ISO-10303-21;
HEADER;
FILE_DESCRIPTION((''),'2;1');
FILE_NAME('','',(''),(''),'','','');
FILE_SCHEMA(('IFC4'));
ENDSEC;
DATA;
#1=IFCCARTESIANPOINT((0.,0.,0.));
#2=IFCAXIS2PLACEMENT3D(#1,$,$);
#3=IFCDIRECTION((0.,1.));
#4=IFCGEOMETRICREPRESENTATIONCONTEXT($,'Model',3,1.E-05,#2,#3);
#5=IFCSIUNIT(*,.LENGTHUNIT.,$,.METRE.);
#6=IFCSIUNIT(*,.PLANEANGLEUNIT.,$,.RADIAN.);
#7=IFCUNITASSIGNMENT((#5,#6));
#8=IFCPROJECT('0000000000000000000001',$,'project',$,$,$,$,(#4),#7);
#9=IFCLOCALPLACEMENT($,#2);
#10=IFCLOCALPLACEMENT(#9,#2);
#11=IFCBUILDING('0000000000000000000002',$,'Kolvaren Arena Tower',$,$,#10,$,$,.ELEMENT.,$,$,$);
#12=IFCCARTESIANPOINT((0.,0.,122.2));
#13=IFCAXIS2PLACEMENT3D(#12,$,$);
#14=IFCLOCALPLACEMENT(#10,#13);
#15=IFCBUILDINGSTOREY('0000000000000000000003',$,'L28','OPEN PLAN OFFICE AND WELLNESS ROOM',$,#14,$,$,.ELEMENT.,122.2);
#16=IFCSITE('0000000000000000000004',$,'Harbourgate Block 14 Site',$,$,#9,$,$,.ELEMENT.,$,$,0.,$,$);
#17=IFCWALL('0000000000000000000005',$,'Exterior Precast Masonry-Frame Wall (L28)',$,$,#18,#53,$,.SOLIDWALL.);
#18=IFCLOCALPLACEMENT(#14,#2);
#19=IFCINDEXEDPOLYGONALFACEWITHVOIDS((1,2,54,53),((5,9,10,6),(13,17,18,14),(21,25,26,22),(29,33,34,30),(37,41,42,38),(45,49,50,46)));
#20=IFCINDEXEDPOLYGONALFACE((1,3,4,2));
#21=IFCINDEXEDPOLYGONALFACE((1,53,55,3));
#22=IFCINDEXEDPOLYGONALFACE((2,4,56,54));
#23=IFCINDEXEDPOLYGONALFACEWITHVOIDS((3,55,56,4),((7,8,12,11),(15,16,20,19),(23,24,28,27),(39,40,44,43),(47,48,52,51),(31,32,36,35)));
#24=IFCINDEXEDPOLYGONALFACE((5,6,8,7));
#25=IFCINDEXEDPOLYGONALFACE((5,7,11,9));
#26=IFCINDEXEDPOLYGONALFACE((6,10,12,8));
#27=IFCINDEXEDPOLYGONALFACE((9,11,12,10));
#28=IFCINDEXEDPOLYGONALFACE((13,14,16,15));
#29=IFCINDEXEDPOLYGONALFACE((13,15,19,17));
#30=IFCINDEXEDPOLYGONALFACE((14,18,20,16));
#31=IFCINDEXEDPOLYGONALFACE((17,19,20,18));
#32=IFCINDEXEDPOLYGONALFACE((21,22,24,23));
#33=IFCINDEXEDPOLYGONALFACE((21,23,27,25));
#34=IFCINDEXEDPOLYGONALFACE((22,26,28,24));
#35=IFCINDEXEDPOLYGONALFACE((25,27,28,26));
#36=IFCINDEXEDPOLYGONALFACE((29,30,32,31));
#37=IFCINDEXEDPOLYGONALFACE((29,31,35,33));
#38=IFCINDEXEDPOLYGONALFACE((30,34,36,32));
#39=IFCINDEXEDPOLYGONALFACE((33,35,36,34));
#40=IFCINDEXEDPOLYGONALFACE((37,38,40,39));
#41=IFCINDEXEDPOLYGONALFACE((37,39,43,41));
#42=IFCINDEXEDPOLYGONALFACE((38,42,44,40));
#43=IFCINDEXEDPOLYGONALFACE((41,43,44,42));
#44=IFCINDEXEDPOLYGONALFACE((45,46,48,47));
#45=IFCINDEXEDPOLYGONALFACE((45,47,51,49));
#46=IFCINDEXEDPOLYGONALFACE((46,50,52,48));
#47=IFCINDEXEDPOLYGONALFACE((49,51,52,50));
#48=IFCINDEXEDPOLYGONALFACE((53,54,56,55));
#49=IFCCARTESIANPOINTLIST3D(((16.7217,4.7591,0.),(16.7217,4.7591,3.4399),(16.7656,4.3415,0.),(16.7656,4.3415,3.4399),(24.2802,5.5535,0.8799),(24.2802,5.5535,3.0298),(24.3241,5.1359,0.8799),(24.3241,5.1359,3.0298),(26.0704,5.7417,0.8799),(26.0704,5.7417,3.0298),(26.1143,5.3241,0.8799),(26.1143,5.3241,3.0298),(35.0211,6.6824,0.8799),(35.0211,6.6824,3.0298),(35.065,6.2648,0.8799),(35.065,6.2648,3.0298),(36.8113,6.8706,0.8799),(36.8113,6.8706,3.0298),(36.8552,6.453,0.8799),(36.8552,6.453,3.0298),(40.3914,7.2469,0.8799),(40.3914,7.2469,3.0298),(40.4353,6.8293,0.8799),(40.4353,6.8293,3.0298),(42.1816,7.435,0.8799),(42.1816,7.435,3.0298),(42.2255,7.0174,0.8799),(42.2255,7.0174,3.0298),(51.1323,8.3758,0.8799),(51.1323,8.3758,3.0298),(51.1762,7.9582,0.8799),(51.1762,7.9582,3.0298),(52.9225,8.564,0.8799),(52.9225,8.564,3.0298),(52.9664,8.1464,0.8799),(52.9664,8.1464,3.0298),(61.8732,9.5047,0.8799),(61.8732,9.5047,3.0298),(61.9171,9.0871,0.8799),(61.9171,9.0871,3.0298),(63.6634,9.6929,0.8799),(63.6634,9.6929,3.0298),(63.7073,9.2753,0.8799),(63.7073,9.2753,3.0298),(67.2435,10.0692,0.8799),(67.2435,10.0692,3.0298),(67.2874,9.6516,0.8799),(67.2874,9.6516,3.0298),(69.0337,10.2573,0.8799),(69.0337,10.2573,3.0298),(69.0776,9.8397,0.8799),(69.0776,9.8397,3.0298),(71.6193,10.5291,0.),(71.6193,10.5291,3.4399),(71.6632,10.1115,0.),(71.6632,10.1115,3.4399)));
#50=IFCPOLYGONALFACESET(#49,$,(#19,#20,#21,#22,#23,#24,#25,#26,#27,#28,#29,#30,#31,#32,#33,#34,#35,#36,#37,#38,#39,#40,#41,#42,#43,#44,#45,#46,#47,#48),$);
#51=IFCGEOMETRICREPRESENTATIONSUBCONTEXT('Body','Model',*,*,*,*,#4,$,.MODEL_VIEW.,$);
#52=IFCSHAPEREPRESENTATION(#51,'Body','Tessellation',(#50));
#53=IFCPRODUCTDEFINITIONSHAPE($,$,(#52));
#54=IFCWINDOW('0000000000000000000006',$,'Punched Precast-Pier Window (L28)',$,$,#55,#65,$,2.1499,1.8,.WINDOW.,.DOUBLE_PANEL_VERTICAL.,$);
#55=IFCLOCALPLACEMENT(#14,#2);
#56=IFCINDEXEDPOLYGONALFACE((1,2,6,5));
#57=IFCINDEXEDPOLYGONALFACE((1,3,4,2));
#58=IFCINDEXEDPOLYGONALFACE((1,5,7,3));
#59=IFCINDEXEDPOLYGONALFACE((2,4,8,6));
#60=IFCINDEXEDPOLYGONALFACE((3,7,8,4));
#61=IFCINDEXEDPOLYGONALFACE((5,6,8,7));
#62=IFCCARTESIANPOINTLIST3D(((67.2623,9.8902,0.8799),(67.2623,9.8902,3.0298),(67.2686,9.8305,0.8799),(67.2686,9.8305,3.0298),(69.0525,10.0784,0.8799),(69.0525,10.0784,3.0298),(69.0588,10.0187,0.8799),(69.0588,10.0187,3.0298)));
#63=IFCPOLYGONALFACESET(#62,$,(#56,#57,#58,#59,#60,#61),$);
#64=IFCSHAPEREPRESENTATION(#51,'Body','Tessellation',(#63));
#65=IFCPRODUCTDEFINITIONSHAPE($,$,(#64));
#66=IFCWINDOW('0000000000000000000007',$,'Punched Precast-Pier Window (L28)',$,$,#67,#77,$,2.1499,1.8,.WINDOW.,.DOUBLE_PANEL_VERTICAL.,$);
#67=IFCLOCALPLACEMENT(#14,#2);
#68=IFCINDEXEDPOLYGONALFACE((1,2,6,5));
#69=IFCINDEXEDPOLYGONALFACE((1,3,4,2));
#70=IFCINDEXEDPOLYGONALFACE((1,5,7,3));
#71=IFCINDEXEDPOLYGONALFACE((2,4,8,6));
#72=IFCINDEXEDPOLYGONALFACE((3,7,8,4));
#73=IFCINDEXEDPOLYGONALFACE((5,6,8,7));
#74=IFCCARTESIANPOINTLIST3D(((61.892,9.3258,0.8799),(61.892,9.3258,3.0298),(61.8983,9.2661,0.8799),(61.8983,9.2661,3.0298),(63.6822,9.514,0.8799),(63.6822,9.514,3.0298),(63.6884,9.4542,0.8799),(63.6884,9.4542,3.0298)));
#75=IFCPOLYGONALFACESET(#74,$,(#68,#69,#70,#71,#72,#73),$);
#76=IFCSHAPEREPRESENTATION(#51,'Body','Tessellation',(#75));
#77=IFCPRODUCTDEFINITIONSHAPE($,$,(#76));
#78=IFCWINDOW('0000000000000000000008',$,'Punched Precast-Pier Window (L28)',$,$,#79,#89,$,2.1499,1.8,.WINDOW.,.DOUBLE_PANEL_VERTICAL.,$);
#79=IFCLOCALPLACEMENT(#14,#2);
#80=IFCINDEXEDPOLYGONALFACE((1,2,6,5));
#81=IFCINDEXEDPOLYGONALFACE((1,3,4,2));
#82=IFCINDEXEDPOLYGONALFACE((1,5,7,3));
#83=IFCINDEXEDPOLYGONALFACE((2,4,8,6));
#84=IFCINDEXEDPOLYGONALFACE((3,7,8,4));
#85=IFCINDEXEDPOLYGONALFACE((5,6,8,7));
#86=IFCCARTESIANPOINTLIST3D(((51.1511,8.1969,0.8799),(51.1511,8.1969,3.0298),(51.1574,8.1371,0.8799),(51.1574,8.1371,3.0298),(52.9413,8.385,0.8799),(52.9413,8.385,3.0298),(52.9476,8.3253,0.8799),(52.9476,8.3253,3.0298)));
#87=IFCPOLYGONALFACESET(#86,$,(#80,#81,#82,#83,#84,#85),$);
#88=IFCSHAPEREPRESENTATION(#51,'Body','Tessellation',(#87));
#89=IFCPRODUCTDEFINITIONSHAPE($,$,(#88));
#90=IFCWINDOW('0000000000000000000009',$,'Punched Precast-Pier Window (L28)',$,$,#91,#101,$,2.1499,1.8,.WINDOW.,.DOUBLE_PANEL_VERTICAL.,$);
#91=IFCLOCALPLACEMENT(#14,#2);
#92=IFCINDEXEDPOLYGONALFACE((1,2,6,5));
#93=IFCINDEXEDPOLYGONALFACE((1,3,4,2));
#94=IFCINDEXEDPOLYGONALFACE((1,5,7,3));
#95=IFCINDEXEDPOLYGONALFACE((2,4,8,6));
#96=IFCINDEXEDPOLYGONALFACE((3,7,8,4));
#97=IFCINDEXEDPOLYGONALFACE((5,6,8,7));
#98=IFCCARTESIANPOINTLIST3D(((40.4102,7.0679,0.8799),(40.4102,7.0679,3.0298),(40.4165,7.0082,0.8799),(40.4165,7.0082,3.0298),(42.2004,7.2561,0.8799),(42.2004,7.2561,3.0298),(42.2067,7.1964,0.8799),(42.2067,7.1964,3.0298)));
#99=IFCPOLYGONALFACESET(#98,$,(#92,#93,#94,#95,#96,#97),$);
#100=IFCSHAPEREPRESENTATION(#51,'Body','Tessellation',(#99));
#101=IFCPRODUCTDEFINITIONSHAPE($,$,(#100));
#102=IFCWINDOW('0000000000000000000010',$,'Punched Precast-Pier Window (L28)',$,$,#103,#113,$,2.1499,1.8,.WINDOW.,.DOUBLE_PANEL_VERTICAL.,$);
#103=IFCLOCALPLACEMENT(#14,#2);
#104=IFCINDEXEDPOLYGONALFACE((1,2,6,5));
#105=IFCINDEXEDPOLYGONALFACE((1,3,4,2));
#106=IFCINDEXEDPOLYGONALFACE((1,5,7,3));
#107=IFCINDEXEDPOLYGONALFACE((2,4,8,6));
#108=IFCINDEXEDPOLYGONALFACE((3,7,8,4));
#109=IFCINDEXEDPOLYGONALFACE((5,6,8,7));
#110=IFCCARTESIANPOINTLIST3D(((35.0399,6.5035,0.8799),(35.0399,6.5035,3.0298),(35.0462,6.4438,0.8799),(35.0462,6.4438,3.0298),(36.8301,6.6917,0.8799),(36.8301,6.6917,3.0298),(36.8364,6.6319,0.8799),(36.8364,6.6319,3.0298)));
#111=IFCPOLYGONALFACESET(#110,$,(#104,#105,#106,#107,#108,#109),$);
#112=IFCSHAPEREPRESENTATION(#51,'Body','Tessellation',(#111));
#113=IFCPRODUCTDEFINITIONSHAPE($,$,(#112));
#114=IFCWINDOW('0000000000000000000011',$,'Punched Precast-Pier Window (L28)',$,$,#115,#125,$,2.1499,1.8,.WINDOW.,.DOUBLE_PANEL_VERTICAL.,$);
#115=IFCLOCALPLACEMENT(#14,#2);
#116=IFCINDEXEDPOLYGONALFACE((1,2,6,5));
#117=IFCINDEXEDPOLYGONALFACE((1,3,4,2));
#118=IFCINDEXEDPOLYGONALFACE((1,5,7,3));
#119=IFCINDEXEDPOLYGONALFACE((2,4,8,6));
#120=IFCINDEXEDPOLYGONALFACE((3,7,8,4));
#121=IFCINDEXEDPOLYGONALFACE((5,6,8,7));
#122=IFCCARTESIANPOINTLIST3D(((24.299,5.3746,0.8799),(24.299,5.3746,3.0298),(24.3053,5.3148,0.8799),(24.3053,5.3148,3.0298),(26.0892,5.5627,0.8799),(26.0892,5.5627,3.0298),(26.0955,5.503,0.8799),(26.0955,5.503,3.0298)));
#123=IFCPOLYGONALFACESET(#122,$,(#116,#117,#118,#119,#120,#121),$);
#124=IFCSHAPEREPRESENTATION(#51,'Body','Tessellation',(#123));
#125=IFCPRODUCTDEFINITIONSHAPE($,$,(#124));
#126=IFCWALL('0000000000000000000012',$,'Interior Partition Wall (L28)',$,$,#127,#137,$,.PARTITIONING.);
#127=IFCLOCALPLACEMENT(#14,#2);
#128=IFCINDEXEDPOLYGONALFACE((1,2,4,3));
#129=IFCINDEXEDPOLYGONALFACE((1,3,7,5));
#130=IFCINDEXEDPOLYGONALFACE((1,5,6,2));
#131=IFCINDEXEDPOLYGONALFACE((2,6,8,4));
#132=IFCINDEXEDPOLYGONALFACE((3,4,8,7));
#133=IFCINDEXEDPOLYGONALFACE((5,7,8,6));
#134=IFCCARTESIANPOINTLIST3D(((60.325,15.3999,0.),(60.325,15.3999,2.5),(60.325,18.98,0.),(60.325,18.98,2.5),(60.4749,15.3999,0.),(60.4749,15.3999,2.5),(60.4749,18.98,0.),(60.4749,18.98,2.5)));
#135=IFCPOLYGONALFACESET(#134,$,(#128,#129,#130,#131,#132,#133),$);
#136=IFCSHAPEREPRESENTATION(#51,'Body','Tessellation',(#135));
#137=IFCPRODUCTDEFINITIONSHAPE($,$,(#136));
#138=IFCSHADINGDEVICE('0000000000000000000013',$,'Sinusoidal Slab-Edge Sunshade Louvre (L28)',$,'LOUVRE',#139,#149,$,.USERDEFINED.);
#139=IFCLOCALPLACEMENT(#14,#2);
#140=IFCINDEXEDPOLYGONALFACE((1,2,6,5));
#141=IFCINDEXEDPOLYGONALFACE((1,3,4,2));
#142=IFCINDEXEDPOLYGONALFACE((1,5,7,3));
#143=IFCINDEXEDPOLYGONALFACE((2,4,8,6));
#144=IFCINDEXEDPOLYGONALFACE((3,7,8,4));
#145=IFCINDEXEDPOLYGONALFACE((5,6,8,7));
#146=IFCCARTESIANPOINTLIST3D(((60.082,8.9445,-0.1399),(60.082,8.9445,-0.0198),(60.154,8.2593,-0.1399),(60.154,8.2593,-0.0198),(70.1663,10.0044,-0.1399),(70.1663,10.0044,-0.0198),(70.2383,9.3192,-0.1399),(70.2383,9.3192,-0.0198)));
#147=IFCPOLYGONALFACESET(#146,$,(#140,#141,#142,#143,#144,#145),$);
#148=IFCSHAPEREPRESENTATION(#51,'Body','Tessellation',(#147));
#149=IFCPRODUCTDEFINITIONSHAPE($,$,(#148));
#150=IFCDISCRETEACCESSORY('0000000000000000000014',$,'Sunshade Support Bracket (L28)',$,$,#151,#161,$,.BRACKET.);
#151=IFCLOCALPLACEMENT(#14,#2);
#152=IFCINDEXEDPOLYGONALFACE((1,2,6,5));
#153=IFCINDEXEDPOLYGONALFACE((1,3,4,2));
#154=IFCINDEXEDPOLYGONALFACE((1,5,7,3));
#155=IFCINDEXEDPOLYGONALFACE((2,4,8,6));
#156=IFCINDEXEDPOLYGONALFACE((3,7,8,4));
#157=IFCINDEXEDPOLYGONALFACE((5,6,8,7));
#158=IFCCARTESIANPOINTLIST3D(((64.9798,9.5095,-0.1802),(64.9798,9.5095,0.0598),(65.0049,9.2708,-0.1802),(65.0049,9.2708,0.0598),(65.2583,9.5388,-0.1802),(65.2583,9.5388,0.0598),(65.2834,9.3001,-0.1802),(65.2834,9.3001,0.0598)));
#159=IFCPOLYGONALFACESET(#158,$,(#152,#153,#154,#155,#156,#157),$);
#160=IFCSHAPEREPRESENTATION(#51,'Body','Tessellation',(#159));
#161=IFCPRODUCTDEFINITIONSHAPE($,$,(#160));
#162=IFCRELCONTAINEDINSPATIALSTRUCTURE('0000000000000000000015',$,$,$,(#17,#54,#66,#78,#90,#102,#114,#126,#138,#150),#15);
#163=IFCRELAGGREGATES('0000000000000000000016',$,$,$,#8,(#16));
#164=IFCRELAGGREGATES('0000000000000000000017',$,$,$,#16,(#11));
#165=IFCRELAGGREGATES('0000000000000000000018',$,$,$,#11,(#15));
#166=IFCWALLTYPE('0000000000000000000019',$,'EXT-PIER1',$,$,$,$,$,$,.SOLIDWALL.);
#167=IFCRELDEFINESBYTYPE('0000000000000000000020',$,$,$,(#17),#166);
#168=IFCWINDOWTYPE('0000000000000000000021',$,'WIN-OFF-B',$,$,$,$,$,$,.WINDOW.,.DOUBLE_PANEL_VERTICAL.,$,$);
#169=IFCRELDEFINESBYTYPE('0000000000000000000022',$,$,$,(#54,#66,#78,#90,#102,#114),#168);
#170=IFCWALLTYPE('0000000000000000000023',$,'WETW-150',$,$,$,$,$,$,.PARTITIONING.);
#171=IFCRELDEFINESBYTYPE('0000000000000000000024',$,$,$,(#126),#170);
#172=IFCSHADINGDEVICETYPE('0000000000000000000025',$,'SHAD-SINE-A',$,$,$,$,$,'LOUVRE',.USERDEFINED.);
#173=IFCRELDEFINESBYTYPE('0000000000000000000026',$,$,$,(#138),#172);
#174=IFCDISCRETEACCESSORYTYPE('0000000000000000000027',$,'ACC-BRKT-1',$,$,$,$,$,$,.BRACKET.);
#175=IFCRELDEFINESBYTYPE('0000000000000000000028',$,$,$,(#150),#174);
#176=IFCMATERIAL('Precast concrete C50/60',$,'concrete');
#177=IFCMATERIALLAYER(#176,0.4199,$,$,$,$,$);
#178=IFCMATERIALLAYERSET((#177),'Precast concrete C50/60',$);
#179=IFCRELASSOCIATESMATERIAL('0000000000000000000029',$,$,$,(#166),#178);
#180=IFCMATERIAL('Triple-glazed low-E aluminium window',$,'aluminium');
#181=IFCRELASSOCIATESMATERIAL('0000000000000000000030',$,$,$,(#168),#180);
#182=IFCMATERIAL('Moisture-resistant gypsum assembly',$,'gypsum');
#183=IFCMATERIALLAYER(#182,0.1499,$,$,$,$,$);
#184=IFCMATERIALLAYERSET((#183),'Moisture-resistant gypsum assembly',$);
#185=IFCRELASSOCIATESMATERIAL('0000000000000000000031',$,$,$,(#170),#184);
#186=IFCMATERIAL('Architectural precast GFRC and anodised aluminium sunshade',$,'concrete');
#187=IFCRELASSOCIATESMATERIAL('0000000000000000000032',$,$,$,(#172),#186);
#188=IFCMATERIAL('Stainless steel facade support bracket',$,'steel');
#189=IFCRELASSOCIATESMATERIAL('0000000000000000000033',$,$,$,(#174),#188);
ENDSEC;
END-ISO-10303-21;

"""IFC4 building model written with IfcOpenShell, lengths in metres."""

from ifc_helpers import new_model, si_unit, direction, frame, frame_2d, origin, origin_2d, place, context, subcontext, project, spatial, rectangle, extrude, material, layer, layer_set, type_object, element, fill, save


model = new_model("IFC4")

# Units and contexts
model_context = context("Model", 3, precision=1e-05, world=origin(), true_north=direction((0.0, 1.0)))
body_context = subcontext(model_context, "Body", "Model", "MODEL_VIEW")
ifc_project = project(units=[si_unit("LENGTHUNIT", "METRE"), si_unit("PLANEANGLEUNIT", "RADIAN")], contexts=[model_context])

# Site, building, storey
site_placement = place(None, origin())
site = spatial("IfcSite", under=ifc_project, at=site_placement, Name="Harbourgate Block 14 Site", CompositionType="ELEMENT", RefElevation=0.0)
building_placement = place(site_placement, origin())
building = spatial("IfcBuilding", under=site, at=building_placement, Name="Kolvaren Arena Tower", CompositionType="ELEMENT")
storey_placement = place(building_placement, frame((0.0, 0.0, 122.2)))
storey = spatial("IfcBuildingStorey", under=building, at=storey_placement, Name="L28", Description="OPEN PLAN OFFICE AND WELLNESS ROOM", CompositionType="ELEMENT", Elevation=122.2)

# Shared definitions
ifc_material_1 = material(Name="Precast concrete C50/60", Category="concrete")
ifc_layer_1 = layer(ifc_material_1, 0.4199)
ifc_layer_set_1 = layer_set([ifc_layer_1], Name="Precast concrete C50/60")
wall_type_1 = type_object("IfcWallType", Name="EXT-PIER1", PredefinedType="SOLIDWALL", material=ifc_layer_set_1)

# Wall, openings, windows
wall_1_placement = place(storey_placement, frame((71.6414, 10.3203, 0.0), z_axis=(0.0, 0.0, 1.0), x_axis=(-0.994522, -0.10453, 0.0)))
wall_1 = element("IfcWall", 1, at=wall_1_placement, inside=storey, type_object=wall_type_1, Name="Exterior Precast Masonry-Frame Wall (L28)", PredefinedType="SOLIDWALL", context=body_context, shape_type="SweptSolid", body=[
    extrude(rectangle(XDim=55.2, YDim=0.4199, at=frame_2d((27.6001, 0.0))), origin(), (0.0, 0.0, 1.0), 3.4399),
])
opening_1_placement = place(wall_1_placement, frame((2.6001, 0.0, 0.8799)))
opening_1 = element("IfcOpeningElement", 2, at=opening_1_placement, cuts=wall_1, PredefinedType="OPENING", context=body_context, shape_type="SweptSolid", body=[
    extrude(rectangle(XDim=1.8, YDim=2.1499, at=frame_2d((0.8999, 1.075))), frame((0.0, 0.22, 0.0), z_axis=(0.0, -1.0, 0.0), x_axis=(1.0, 0.0, 0.0)), (0.0, 0.0, 1.0), 0.4399),
])
opening_2_placement = place(wall_1_placement, frame((8.0, 0.0, 0.8799)))
opening_2 = element("IfcOpeningElement", 3, at=opening_2_placement, cuts=wall_1, PredefinedType="OPENING", context=body_context, shape_type="SweptSolid", body=[
    extrude(rectangle(XDim=1.8, YDim=2.1499, at=frame_2d((0.8999, 1.075))), frame((0.0, 0.22, 0.0), z_axis=(0.0, -1.0, 0.0), x_axis=(1.0, 0.0, 0.0)), (0.0, 0.0, 1.0), 0.4399),
])
opening_3_placement = place(wall_1_placement, frame((18.8, 0.0, 0.8799)))
opening_3 = element("IfcOpeningElement", 4, at=opening_3_placement, cuts=wall_1, PredefinedType="OPENING", context=body_context, shape_type="SweptSolid", body=[
    extrude(rectangle(XDim=1.8, YDim=2.1499, at=frame_2d((0.8999, 1.075))), frame((0.0, 0.22, 0.0), z_axis=(0.0, -1.0, 0.0), x_axis=(1.0, 0.0, 0.0)), (0.0, 0.0, 1.0), 0.4399),
])
opening_4_placement = place(wall_1_placement, frame((29.6001, 0.0, 0.8799)))
opening_4 = element("IfcOpeningElement", 5, at=opening_4_placement, cuts=wall_1, PredefinedType="OPENING", context=body_context, shape_type="SweptSolid", body=[
    extrude(rectangle(XDim=1.8, YDim=2.1499, at=frame_2d((0.8999, 1.075))), frame((0.0, 0.22, 0.0), z_axis=(0.0, -1.0, 0.0), x_axis=(1.0, 0.0, 0.0)), (0.0, 0.0, 1.0), 0.4399),
])
opening_5_placement = place(wall_1_placement, frame((35.0, 0.0, 0.8799)))
opening_5 = element("IfcOpeningElement", 6, at=opening_5_placement, cuts=wall_1, PredefinedType="OPENING", context=body_context, shape_type="SweptSolid", body=[
    extrude(rectangle(XDim=1.8, YDim=2.1499, at=frame_2d((0.8999, 1.075))), frame((0.0, 0.22, 0.0), z_axis=(0.0, -1.0, 0.0), x_axis=(1.0, 0.0, 0.0)), (0.0, 0.0, 1.0), 0.4399),
])
opening_6_placement = place(wall_1_placement, frame((45.8, 0.0, 0.8799)))
opening_6 = element("IfcOpeningElement", 7, at=opening_6_placement, cuts=wall_1, PredefinedType="OPENING", context=body_context, shape_type="SweptSolid", body=[
    extrude(rectangle(XDim=1.8, YDim=2.1499, at=frame_2d((0.8999, 1.075))), frame((0.0, 0.22, 0.0), z_axis=(0.0, -1.0, 0.0), x_axis=(1.0, 0.0, 0.0)), (0.0, 0.0, 1.0), 0.4399),
])
ifc_material_2 = material(Name="Triple-glazed low-E aluminium window", Category="aluminium")
window_type = type_object("IfcWindowType", Name="WIN-OFF-B", PartitioningType="DOUBLE_PANEL_VERTICAL", PredefinedType="WINDOW", material=ifc_material_2)
window_1_placement = place(opening_1_placement, origin())
window_1 = element("IfcWindow", 8, at=window_1_placement, inside=storey, type_object=window_type, Name="Punched Precast-Pier Window (L28)", OverallHeight=2.1499, OverallWidth=1.8, PartitioningType="DOUBLE_PANEL_VERTICAL", PredefinedType="WINDOW", context=body_context, shape_type="SweptSolid", body=[
    extrude(rectangle(XDim=1.8, YDim=2.1499, at=frame_2d((0.8999, 1.075))), frame((0.0, 0.03, 0.0), z_axis=(0.0, -1.0, 0.0), x_axis=(1.0, 0.0, 0.0)), (0.0, 0.0, 1.0), 0.0601),
])
fill(opening_1, window_1)
window_2_placement = place(opening_2_placement, origin())
window_2 = element("IfcWindow", 9, at=window_2_placement, inside=storey, type_object=window_type, Name="Punched Precast-Pier Window (L28)", OverallHeight=2.1499, OverallWidth=1.8, PartitioningType="DOUBLE_PANEL_VERTICAL", PredefinedType="WINDOW", context=body_context, shape_type="SweptSolid", body=[
    extrude(rectangle(XDim=1.8, YDim=2.1499, at=frame_2d((0.8999, 1.075))), frame((0.0, 0.03, 0.0), z_axis=(0.0, -1.0, 0.0), x_axis=(1.0, 0.0, 0.0)), (0.0, 0.0, 1.0), 0.0601),
])
fill(opening_2, window_2)
window_3_placement = place(opening_3_placement, origin())
window_3 = element("IfcWindow", 10, at=window_3_placement, inside=storey, type_object=window_type, Name="Punched Precast-Pier Window (L28)", OverallHeight=2.1499, OverallWidth=1.8, PartitioningType="DOUBLE_PANEL_VERTICAL", PredefinedType="WINDOW", context=body_context, shape_type="SweptSolid", body=[
    extrude(rectangle(XDim=1.8, YDim=2.1499, at=frame_2d((0.8999, 1.075))), frame((0.0, 0.03, 0.0), z_axis=(0.0, -1.0, 0.0), x_axis=(1.0, 0.0, 0.0)), (0.0, 0.0, 1.0), 0.0601),
])
fill(opening_3, window_3)
window_4_placement = place(opening_4_placement, origin())
window_4 = element("IfcWindow", 11, at=window_4_placement, inside=storey, type_object=window_type, Name="Punched Precast-Pier Window (L28)", OverallHeight=2.1499, OverallWidth=1.8, PartitioningType="DOUBLE_PANEL_VERTICAL", PredefinedType="WINDOW", context=body_context, shape_type="SweptSolid", body=[
    extrude(rectangle(XDim=1.8, YDim=2.1499, at=frame_2d((0.8999, 1.075))), frame((0.0, 0.03, 0.0), z_axis=(0.0, -1.0, 0.0), x_axis=(1.0, 0.0, 0.0)), (0.0, 0.0, 1.0), 0.0601),
])
fill(opening_4, window_4)
window_5_placement = place(opening_5_placement, origin())
window_5 = element("IfcWindow", 12, at=window_5_placement, inside=storey, type_object=window_type, Name="Punched Precast-Pier Window (L28)", OverallHeight=2.1499, OverallWidth=1.8, PartitioningType="DOUBLE_PANEL_VERTICAL", PredefinedType="WINDOW", context=body_context, shape_type="SweptSolid", body=[
    extrude(rectangle(XDim=1.8, YDim=2.1499, at=frame_2d((0.8999, 1.075))), frame((0.0, 0.03, 0.0), z_axis=(0.0, -1.0, 0.0), x_axis=(1.0, 0.0, 0.0)), (0.0, 0.0, 1.0), 0.0601),
])
fill(opening_5, window_5)
window_6_placement = place(opening_6_placement, origin())
window_6 = element("IfcWindow", 13, at=window_6_placement, inside=storey, type_object=window_type, Name="Punched Precast-Pier Window (L28)", OverallHeight=2.1499, OverallWidth=1.8, PartitioningType="DOUBLE_PANEL_VERTICAL", PredefinedType="WINDOW", context=body_context, shape_type="SweptSolid", body=[
    extrude(rectangle(XDim=1.8, YDim=2.1499, at=frame_2d((0.8999, 1.075))), frame((0.0, 0.03, 0.0), z_axis=(0.0, -1.0, 0.0), x_axis=(1.0, 0.0, 0.0)), (0.0, 0.0, 1.0), 0.0601),
])
fill(opening_6, window_6)

# Wall
ifc_material_3 = material(Name="Moisture-resistant gypsum assembly", Category="gypsum")
ifc_layer_2 = layer(ifc_material_3, 0.1499)
ifc_layer_set_2 = layer_set([ifc_layer_2], Name="Moisture-resistant gypsum assembly")
wall_type_2 = type_object("IfcWallType", Name="WETW-150", PredefinedType="PARTITIONING", material=ifc_layer_set_2)
wall_2_placement = place(storey_placement, frame((60.3999, 15.3999, 0.0), z_axis=(0.0, 0.0, 1.0), x_axis=(0.0, 1.0, 0.0)))
element("IfcWall", 14, at=wall_2_placement, inside=storey, type_object=wall_type_2, Name="Interior Partition Wall (L28)", PredefinedType="PARTITIONING", context=body_context, shape_type="SweptSolid", body=[
    extrude(rectangle(XDim=3.5801, YDim=0.1499, at=frame_2d((1.79, 0.0))), origin(), (0.0, 0.0, 1.0), 2.5),
])

# Shading device
ifc_material_4 = material(Name="Architectural precast GFRC and anodised aluminium sunshade", Category="concrete")
shading_device_type = type_object("IfcShadingDeviceType", Name="SHAD-SINE-A", ElementType="LOUVRE", PredefinedType="USERDEFINED", material=ifc_material_4)
shading_device_placement = place(storey_placement, frame((65.1602, 9.1318, -0.1399), z_axis=(0.0, 0.0, 1.0), x_axis=(-0.994522, -0.104527, 0.0)))
element("IfcShadingDevice", 15, at=shading_device_placement, inside=storey, type_object=shading_device_type, Name="Sinusoidal Slab-Edge Sunshade Louvre (L28)", ObjectType="LOUVRE", PredefinedType="USERDEFINED", context=body_context, shape_type="SweptSolid", body=[
    extrude(rectangle(XDim=10.1399, YDim=0.689, at=origin_2d()), origin(), (0.0, 0.0, 1.0), 0.1201),
])

# Discrete accessory
ifc_material_5 = material(Name="Stainless steel facade support bracket", Category="steel")
discrete_accessory_type_1 = type_object("IfcDiscreteAccessoryType", Name="ACC-BRKT-1", PredefinedType="BRACKET", material=ifc_material_5)
discrete_accessory_1_placement = place(storey_placement, frame((65.1316, 9.4048, -0.1802), z_axis=(0.0, 0.0, 1.0), x_axis=(-0.994522, -0.104527, 0.0)))
element("IfcDiscreteAccessory", 16, at=discrete_accessory_1_placement, inside=storey, type_object=discrete_accessory_type_1, Name="Sunshade Support Bracket (L28)", PredefinedType="BRACKET", context=body_context, shape_type="SweptSolid", body=[
    extrude(rectangle(XDim=0.28, YDim=0.24, at=origin_2d()), origin(), (0.0, 0.0, 1.0), 0.24),
])

save(model, "model.ifc")
